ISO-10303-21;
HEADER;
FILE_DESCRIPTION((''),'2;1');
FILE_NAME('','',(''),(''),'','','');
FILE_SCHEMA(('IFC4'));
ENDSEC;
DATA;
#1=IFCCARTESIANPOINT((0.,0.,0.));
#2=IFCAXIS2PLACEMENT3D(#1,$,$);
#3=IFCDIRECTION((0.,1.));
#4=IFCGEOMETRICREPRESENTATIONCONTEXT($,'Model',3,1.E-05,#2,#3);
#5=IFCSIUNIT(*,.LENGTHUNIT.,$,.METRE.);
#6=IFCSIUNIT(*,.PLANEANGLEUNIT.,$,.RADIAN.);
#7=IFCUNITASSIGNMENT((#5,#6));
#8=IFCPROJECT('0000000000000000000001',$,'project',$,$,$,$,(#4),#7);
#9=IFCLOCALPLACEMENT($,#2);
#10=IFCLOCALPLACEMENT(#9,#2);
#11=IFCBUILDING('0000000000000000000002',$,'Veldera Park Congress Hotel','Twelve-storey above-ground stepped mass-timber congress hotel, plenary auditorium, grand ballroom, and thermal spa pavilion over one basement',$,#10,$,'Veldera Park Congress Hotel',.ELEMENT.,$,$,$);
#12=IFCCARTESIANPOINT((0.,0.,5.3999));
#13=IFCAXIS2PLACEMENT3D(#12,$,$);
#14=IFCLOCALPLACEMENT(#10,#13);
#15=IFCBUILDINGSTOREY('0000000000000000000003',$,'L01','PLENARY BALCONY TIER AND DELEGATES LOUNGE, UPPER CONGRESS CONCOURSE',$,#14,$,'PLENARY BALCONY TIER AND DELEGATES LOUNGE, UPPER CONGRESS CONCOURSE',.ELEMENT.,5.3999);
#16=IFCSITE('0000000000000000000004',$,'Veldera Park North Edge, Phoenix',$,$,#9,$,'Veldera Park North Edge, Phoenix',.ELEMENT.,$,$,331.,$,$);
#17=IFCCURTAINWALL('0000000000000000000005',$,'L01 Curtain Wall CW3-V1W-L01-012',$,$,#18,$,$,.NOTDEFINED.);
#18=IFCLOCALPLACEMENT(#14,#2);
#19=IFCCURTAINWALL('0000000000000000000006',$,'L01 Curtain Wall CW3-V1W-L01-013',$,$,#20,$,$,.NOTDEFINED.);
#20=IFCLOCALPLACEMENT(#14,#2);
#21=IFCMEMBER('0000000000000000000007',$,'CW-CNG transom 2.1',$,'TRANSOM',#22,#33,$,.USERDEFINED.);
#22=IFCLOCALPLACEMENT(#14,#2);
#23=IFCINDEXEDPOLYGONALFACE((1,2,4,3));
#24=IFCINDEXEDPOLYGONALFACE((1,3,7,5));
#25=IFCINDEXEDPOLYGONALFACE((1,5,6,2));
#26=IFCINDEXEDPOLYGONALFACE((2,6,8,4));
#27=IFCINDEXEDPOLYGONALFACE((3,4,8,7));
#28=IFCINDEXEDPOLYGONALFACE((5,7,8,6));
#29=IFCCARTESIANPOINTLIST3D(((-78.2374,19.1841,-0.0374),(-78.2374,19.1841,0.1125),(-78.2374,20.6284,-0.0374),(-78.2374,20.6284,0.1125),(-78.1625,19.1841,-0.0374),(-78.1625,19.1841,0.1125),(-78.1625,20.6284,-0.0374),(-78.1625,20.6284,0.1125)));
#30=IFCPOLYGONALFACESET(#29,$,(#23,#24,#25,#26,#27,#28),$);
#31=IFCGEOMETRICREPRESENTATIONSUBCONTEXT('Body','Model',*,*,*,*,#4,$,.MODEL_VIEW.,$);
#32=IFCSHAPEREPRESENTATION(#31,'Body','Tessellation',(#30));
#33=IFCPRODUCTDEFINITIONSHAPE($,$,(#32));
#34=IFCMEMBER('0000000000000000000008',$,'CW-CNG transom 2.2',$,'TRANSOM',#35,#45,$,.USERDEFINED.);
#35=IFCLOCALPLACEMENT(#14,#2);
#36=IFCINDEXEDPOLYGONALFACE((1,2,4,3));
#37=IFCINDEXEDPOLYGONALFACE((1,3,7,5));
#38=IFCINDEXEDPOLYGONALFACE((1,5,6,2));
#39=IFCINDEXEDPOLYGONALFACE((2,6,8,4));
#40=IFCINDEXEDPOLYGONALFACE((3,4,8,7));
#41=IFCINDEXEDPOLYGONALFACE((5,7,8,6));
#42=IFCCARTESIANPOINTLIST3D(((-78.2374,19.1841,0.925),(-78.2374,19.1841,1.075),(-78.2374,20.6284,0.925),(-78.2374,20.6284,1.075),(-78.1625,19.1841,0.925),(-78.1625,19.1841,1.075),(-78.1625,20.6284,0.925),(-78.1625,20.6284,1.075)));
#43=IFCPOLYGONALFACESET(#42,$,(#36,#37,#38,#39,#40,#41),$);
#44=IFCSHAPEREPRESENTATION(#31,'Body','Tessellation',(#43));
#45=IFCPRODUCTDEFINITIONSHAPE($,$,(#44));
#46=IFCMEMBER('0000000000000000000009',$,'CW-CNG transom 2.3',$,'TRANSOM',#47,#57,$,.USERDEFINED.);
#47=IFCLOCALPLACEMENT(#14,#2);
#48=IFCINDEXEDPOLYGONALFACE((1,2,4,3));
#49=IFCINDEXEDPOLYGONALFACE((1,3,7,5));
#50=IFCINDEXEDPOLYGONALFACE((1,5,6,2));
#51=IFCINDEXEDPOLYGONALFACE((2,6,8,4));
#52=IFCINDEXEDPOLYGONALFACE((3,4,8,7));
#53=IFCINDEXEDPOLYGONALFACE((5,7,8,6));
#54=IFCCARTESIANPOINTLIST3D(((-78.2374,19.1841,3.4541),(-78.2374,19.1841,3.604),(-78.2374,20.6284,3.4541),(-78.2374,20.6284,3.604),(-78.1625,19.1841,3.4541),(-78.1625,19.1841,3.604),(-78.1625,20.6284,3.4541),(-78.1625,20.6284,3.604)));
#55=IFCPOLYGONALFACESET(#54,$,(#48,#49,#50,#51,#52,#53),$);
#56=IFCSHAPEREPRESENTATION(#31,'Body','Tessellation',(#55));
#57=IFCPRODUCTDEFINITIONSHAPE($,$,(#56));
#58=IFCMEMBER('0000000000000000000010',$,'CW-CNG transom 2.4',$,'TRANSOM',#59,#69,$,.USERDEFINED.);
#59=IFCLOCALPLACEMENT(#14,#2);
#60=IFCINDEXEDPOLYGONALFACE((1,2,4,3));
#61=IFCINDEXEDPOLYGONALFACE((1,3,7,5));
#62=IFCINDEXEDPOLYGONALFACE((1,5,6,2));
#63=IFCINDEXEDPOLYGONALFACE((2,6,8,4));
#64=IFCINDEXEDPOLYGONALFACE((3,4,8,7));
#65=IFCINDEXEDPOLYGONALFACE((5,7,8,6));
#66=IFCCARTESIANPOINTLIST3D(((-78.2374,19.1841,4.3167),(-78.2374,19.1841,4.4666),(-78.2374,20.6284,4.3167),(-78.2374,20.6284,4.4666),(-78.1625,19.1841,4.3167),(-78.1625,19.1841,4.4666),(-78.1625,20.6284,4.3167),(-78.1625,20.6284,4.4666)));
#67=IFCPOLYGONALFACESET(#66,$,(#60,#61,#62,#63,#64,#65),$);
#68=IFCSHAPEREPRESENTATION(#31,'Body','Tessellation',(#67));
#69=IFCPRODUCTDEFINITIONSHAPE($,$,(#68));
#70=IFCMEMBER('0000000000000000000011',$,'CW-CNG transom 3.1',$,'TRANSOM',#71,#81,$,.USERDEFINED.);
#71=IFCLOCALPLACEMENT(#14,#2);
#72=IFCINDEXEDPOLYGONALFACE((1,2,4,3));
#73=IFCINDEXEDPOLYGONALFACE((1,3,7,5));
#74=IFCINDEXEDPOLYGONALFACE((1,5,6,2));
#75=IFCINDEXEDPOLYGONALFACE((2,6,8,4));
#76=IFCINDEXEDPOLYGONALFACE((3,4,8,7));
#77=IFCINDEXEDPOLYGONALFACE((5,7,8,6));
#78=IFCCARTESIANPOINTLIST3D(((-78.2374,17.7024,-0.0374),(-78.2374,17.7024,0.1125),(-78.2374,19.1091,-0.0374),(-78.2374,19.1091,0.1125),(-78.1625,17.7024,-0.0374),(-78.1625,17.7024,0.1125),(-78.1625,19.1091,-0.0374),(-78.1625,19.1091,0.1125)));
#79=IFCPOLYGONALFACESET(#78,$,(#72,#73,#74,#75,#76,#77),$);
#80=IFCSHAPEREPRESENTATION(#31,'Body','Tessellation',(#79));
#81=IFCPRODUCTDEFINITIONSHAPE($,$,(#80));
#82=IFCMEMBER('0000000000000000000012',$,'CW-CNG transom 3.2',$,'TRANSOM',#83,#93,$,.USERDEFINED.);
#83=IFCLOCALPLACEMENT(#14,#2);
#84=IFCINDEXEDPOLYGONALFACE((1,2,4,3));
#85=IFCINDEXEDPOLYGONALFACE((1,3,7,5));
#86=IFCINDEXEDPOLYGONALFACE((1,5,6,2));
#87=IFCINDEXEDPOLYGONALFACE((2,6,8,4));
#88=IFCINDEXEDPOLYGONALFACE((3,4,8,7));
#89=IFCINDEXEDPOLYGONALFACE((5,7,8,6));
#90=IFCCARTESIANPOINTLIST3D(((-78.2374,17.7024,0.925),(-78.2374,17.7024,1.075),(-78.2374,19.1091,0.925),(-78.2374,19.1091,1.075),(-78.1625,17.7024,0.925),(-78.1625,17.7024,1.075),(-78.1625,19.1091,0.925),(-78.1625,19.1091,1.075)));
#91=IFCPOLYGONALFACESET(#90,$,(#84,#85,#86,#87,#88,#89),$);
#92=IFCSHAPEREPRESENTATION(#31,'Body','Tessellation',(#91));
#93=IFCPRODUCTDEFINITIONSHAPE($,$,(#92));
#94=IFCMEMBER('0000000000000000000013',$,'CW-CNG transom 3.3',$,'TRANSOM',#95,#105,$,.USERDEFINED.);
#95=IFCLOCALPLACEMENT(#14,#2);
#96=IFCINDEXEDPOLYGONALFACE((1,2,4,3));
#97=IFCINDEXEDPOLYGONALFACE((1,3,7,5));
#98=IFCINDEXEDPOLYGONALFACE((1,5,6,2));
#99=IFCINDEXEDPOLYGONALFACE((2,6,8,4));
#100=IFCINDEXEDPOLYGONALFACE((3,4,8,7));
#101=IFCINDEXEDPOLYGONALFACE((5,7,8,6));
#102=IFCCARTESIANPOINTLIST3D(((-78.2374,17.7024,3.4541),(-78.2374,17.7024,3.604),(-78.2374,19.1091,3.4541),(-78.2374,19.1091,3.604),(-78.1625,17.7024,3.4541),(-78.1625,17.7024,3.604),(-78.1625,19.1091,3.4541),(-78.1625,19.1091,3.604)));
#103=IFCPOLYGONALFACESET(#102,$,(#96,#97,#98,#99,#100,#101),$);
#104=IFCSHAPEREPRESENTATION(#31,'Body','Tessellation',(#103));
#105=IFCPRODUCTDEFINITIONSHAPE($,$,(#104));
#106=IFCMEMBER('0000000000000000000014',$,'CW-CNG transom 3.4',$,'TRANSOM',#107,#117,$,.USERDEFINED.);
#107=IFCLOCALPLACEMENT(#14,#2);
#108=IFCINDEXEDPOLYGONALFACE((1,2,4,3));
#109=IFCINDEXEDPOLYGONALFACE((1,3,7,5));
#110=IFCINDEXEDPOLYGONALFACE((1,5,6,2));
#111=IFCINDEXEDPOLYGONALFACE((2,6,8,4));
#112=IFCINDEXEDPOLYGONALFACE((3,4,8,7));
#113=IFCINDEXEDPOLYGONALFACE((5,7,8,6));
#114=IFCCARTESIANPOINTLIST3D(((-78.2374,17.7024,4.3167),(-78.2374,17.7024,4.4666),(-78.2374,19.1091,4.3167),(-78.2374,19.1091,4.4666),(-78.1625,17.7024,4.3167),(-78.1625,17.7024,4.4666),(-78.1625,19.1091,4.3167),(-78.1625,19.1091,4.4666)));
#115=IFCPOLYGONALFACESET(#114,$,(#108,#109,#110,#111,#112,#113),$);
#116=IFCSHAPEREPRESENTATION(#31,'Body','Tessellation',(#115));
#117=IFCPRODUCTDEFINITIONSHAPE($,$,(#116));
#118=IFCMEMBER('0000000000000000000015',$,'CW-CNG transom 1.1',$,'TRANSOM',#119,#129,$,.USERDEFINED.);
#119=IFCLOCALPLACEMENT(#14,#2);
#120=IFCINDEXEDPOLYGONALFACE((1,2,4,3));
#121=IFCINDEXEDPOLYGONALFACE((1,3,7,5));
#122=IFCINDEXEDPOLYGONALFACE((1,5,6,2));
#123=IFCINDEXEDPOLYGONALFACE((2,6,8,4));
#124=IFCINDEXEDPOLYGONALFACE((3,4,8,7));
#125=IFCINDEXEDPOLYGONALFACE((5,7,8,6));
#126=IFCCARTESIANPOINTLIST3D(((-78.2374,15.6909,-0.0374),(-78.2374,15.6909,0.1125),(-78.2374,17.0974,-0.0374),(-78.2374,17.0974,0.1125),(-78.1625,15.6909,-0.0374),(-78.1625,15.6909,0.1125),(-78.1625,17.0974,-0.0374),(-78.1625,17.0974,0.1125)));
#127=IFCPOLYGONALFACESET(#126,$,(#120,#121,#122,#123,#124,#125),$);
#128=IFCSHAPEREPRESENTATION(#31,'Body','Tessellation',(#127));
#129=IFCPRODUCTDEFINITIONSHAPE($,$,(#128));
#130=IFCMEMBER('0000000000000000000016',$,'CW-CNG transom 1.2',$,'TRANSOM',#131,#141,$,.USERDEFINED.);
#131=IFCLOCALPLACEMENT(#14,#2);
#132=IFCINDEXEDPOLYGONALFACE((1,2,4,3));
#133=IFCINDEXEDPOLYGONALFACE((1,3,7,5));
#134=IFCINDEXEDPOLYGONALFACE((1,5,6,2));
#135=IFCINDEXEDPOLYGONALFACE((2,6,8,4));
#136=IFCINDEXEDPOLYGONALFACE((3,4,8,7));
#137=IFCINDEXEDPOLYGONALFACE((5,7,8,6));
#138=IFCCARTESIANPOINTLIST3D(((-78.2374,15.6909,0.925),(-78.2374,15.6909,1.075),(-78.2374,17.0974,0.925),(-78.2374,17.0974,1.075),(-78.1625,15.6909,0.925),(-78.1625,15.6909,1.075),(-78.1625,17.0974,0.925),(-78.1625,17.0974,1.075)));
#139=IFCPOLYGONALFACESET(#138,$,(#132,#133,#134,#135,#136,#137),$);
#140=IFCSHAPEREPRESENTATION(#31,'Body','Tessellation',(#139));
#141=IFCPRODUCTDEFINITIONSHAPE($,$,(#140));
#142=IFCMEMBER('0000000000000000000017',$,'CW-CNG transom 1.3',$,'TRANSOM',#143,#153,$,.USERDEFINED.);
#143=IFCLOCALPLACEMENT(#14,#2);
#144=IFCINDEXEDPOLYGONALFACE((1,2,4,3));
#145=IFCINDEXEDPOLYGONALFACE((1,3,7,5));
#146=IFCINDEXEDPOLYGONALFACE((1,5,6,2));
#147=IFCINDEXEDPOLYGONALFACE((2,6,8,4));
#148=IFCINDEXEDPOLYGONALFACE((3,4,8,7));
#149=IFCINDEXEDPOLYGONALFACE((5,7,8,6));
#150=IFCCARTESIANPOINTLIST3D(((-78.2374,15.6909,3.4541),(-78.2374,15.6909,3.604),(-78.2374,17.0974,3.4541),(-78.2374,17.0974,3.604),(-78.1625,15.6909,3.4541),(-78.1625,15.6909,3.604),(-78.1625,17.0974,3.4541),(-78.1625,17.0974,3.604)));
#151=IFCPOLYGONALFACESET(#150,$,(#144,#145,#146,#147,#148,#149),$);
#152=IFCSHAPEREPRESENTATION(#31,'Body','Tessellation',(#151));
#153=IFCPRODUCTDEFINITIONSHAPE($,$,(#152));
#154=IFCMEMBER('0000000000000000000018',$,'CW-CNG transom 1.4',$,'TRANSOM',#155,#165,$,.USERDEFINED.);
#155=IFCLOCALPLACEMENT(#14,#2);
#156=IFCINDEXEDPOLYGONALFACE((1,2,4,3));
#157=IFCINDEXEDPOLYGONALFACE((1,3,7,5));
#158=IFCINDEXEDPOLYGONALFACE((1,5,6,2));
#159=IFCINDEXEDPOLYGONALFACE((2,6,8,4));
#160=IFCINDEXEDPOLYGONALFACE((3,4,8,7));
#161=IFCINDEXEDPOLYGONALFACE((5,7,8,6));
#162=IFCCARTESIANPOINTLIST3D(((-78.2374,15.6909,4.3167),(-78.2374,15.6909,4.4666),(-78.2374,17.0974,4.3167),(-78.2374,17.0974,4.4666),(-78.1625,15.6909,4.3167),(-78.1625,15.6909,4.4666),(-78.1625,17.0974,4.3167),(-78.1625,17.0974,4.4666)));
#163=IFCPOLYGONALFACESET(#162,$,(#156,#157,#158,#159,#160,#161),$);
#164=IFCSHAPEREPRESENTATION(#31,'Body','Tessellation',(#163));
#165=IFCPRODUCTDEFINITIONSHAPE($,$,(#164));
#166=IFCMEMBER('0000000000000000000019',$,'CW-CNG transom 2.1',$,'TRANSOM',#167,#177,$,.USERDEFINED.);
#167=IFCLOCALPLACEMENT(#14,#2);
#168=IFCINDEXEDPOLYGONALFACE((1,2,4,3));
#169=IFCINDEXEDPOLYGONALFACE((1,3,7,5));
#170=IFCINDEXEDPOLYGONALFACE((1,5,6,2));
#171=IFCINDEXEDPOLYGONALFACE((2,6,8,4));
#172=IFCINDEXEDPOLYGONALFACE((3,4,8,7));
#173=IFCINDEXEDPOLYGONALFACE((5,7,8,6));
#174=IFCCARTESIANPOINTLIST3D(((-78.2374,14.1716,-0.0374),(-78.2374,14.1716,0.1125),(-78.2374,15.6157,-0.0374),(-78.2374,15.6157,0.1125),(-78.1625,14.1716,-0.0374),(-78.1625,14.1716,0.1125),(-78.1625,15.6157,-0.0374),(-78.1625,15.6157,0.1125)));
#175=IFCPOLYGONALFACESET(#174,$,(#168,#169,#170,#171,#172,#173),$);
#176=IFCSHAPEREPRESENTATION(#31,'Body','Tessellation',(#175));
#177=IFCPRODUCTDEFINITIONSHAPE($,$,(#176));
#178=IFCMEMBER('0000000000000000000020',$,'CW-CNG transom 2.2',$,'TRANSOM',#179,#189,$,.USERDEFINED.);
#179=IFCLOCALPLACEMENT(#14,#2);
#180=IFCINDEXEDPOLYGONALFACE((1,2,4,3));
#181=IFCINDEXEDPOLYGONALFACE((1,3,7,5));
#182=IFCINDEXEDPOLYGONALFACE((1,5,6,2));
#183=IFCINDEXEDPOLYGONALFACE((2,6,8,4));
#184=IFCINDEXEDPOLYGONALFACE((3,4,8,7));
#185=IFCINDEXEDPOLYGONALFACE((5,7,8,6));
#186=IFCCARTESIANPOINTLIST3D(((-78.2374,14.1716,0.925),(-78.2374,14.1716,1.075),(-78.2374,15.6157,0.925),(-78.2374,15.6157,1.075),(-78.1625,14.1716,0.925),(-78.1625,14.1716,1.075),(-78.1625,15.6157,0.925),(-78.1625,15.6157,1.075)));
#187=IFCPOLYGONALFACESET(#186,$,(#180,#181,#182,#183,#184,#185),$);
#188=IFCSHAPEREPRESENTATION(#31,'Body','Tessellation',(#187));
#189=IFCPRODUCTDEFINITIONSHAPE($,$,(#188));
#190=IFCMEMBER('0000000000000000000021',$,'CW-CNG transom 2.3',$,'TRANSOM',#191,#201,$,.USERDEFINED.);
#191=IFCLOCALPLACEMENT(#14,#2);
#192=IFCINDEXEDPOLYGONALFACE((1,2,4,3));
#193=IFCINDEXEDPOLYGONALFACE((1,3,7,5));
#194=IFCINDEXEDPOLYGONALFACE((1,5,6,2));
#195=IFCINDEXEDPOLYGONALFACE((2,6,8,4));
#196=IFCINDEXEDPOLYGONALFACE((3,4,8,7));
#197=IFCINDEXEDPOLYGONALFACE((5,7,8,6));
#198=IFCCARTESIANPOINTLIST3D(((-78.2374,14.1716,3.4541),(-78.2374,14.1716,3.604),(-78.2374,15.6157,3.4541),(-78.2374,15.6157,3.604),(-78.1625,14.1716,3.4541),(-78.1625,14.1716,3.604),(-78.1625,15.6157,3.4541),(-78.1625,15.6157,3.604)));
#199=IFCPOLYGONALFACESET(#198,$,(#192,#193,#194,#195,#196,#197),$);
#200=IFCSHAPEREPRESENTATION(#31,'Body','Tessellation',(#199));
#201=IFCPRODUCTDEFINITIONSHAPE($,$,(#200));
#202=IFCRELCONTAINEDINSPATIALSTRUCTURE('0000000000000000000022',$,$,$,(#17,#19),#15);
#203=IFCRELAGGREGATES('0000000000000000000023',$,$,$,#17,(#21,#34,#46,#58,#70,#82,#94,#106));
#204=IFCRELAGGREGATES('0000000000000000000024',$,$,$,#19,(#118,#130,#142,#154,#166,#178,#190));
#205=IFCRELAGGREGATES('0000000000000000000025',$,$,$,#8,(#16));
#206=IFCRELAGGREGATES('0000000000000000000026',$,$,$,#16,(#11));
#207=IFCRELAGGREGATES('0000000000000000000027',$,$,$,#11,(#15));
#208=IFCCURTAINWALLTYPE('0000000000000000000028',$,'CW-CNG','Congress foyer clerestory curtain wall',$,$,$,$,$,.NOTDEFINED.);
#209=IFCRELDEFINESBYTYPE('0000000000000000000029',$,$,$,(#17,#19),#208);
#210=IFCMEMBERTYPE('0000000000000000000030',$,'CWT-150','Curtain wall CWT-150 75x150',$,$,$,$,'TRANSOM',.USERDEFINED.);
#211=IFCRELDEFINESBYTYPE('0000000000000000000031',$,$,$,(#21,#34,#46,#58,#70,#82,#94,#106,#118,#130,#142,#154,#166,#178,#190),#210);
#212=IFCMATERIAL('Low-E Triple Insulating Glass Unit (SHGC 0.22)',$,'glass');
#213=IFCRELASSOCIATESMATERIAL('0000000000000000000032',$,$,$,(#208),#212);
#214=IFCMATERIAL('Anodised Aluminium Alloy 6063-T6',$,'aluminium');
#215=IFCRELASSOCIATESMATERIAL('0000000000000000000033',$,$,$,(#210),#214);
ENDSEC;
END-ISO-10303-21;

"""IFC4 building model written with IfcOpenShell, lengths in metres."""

from ifc_helpers import new_model, si_unit, direction, frame, origin, origin_2d, place, context, subcontext, project, spatial, rectangle, extrude, material, material_profile, profile_set, type_object, element, aggregate, save


model = new_model("IFC4")

# Units and contexts
model_context = context("Model", 3, precision=1e-05, world=origin(), true_north=direction((0.0, 1.0)))
body_context = subcontext(model_context, "Body", "Model", "MODEL_VIEW")
ifc_project = project(units=[si_unit("LENGTHUNIT", "METRE"), si_unit("PLANEANGLEUNIT", "RADIAN")], contexts=[model_context])

# Site, building, storey
site_placement = place(None, origin())
site = spatial("IfcSite", under=ifc_project, at=site_placement, Name="Veldera Park North Edge, Phoenix", LongName="Veldera Park North Edge, Phoenix", CompositionType="ELEMENT", RefElevation=331.0)
building_placement = place(site_placement, origin())
building = spatial("IfcBuilding", under=site, at=building_placement, Name="Veldera Park Congress Hotel", Description="Twelve-storey above-ground stepped mass-timber congress hotel, plenary auditorium, grand ballroom, and thermal spa pavilion over one basement", LongName="Veldera Park Congress Hotel", CompositionType="ELEMENT")
storey_placement = place(building_placement, frame((0.0, 0.0, 5.3999)))
storey = spatial("IfcBuildingStorey", under=building, at=storey_placement, Name="L01", Description="PLENARY BALCONY TIER AND DELEGATES LOUNGE, UPPER CONGRESS CONCOURSE", LongName="PLENARY BALCONY TIER AND DELEGATES LOUNGE, UPPER CONGRESS CONCOURSE", CompositionType="ELEMENT", Elevation=5.3999)

# Curtain walls
ifc_material_1 = material(Name="Low-E Triple Insulating Glass Unit (SHGC 0.22)", Category="glass")
curtain_wall_type = type_object("IfcCurtainWallType", Name="CW-CNG", Description="Congress foyer clerestory curtain wall", PredefinedType="NOTDEFINED", material=ifc_material_1)
curtain_wall_1_placement = place(storey_placement, origin())
curtain_wall_1 = element("IfcCurtainWall", 1, at=curtain_wall_1_placement, inside=storey, type_object=curtain_wall_type, Name="L01 Curtain Wall CW3-V1W-L01-012", PredefinedType="NOTDEFINED")
ifc_material_2 = material(Name="Anodised Aluminium Alloy 6063-T6", Category="aluminium")
curtain_wall_2_placement = place(storey_placement, origin())
curtain_wall_2 = element("IfcCurtainWall", 2, at=curtain_wall_2_placement, inside=storey, type_object=curtain_wall_type, Name="L01 Curtain Wall CW3-V1W-L01-013", PredefinedType="NOTDEFINED")

# Members
ifc_material_profile_1 = material_profile(ifc_material_2, rectangle(XDim=0.075, YDim=0.1499, at=origin_2d()), Name="ALU 75x150")
ifc_profile_set_1 = profile_set([ifc_material_profile_1], Name="Anodised Aluminium Alloy 6063-T6")
member_type_1 = type_object("IfcMemberType", Name="CWT-150", Description="Curtain wall CWT-150 75x150", ElementType="TRANSOM", PredefinedType="USERDEFINED", material=ifc_profile_set_1)
member_1_placement = place(storey_placement, frame((-78.2, 20.6284, 0.0376), z_axis=(0.0, -1.0, 0.0), x_axis=(1.0, 0.0, 0.0)))
member_1 = element("IfcMember", 3, at=member_1_placement, type_object=member_type_1, Name="CW-CNG transom 2.1", ObjectType="TRANSOM", PredefinedType="USERDEFINED", context=body_context, shape_type="SweptSolid", body=[
    extrude(rectangle(XDim=0.075, YDim=0.1499, at=origin_2d()), origin(), (0.0, 0.0, 1.0), 1.4443),
])
member_2_placement = place(storey_placement, frame((-78.2, 20.6284, 1.0), z_axis=(0.0, -1.0, 0.0), x_axis=(1.0, 0.0, 0.0)))
member_2 = element("IfcMember", 4, at=member_2_placement, type_object=member_type_1, Name="CW-CNG transom 2.2", ObjectType="TRANSOM", PredefinedType="USERDEFINED", context=body_context, shape_type="SweptSolid", body=[
    extrude(rectangle(XDim=0.075, YDim=0.1499, at=origin_2d()), origin(), (0.0, 0.0, 1.0), 1.4443),
])
member_3_placement = place(storey_placement, frame((-78.2, 20.6284, 3.5291), z_axis=(0.0, -1.0, 0.0), x_axis=(1.0, 0.0, 0.0)))
member_3 = element("IfcMember", 5, at=member_3_placement, type_object=member_type_1, Name="CW-CNG transom 2.3", ObjectType="TRANSOM", PredefinedType="USERDEFINED", context=body_context, shape_type="SweptSolid", body=[
    extrude(rectangle(XDim=0.075, YDim=0.1499, at=origin_2d()), origin(), (0.0, 0.0, 1.0), 1.4443),
])
member_4_placement = place(storey_placement, frame((-78.2, 20.6284, 4.3916), z_axis=(0.0, -1.0, 0.0), x_axis=(1.0, 0.0, 0.0)))
member_4 = element("IfcMember", 6, at=member_4_placement, type_object=member_type_1, Name="CW-CNG transom 2.4", ObjectType="TRANSOM", PredefinedType="USERDEFINED", context=body_context, shape_type="SweptSolid", body=[
    extrude(rectangle(XDim=0.075, YDim=0.1499, at=origin_2d()), origin(), (0.0, 0.0, 1.0), 1.4443),
])
member_5_placement = place(storey_placement, frame((-78.2, 19.1091, 0.0376), z_axis=(0.0, -1.0, 0.0), x_axis=(1.0, 0.0, 0.0)))
member_5 = element("IfcMember", 7, at=member_5_placement, type_object=member_type_1, Name="CW-CNG transom 3.1", ObjectType="TRANSOM", PredefinedType="USERDEFINED", context=body_context, shape_type="SweptSolid", body=[
    extrude(rectangle(XDim=0.075, YDim=0.1499, at=origin_2d()), origin(), (0.0, 0.0, 1.0), 1.4067),
])
member_6_placement = place(storey_placement, frame((-78.2, 19.1091, 1.0), z_axis=(0.0, -1.0, 0.0), x_axis=(1.0, 0.0, 0.0)))
member_6 = element("IfcMember", 8, at=member_6_placement, type_object=member_type_1, Name="CW-CNG transom 3.2", ObjectType="TRANSOM", PredefinedType="USERDEFINED", context=body_context, shape_type="SweptSolid", body=[
    extrude(rectangle(XDim=0.075, YDim=0.1499, at=origin_2d()), origin(), (0.0, 0.0, 1.0), 1.4067),
])
member_7_placement = place(storey_placement, frame((-78.2, 19.1091, 3.5291), z_axis=(0.0, -1.0, 0.0), x_axis=(1.0, 0.0, 0.0)))
member_7 = element("IfcMember", 9, at=member_7_placement, type_object=member_type_1, Name="CW-CNG transom 3.3", ObjectType="TRANSOM", PredefinedType="USERDEFINED", context=body_context, shape_type="SweptSolid", body=[
    extrude(rectangle(XDim=0.075, YDim=0.1499, at=origin_2d()), origin(), (0.0, 0.0, 1.0), 1.4067),
])
member_8_placement = place(storey_placement, frame((-78.2, 19.1091, 4.3916), z_axis=(0.0, -1.0, 0.0), x_axis=(1.0, 0.0, 0.0)))
member_8 = element("IfcMember", 10, at=member_8_placement, type_object=member_type_1, Name="CW-CNG transom 3.4", ObjectType="TRANSOM", PredefinedType="USERDEFINED", context=body_context, shape_type="SweptSolid", body=[
    extrude(rectangle(XDim=0.075, YDim=0.1499, at=origin_2d()), origin(), (0.0, 0.0, 1.0), 1.4067),
])
member_9_placement = place(storey_placement, frame((-78.2, 17.0974, 0.0376), z_axis=(0.0, -1.0, 0.0), x_axis=(1.0, 0.0, 0.0)))
member_9 = element("IfcMember", 11, at=member_9_placement, type_object=member_type_1, Name="CW-CNG transom 1.1", ObjectType="TRANSOM", PredefinedType="USERDEFINED", context=body_context, shape_type="SweptSolid", body=[
    extrude(rectangle(XDim=0.075, YDim=0.1499, at=origin_2d()), origin(), (0.0, 0.0, 1.0), 1.4065),
])
member_10_placement = place(storey_placement, frame((-78.2, 17.0974, 1.0), z_axis=(0.0, -1.0, 0.0), x_axis=(1.0, 0.0, 0.0)))
member_10 = element("IfcMember", 12, at=member_10_placement, type_object=member_type_1, Name="CW-CNG transom 1.2", ObjectType="TRANSOM", PredefinedType="USERDEFINED", context=body_context, shape_type="SweptSolid", body=[
    extrude(rectangle(XDim=0.075, YDim=0.1499, at=origin_2d()), origin(), (0.0, 0.0, 1.0), 1.4065),
])
member_11_placement = place(storey_placement, frame((-78.2, 17.0974, 3.5291), z_axis=(0.0, -1.0, 0.0), x_axis=(1.0, 0.0, 0.0)))
member_11 = element("IfcMember", 13, at=member_11_placement, type_object=member_type_1, Name="CW-CNG transom 1.3", ObjectType="TRANSOM", PredefinedType="USERDEFINED", context=body_context, shape_type="SweptSolid", body=[
    extrude(rectangle(XDim=0.075, YDim=0.1499, at=origin_2d()), origin(), (0.0, 0.0, 1.0), 1.4065),
])
member_12_placement = place(storey_placement, frame((-78.2, 17.0974, 4.3916), z_axis=(0.0, -1.0, 0.0), x_axis=(1.0, 0.0, 0.0)))
member_12 = element("IfcMember", 14, at=member_12_placement, type_object=member_type_1, Name="CW-CNG transom 1.4", ObjectType="TRANSOM", PredefinedType="USERDEFINED", context=body_context, shape_type="SweptSolid", body=[
    extrude(rectangle(XDim=0.075, YDim=0.1499, at=origin_2d()), origin(), (0.0, 0.0, 1.0), 1.4065),
])
member_13_placement = place(storey_placement, frame((-78.2, 15.6157, 0.0376), z_axis=(0.0, -1.0, 0.0), x_axis=(1.0, 0.0, 0.0)))
member_13 = element("IfcMember", 15, at=member_13_placement, type_object=member_type_1, Name="CW-CNG transom 2.1", ObjectType="TRANSOM", PredefinedType="USERDEFINED", context=body_context, shape_type="SweptSolid", body=[
    extrude(rectangle(XDim=0.075, YDim=0.1499, at=origin_2d()), origin(), (0.0, 0.0, 1.0), 1.4441),
])
member_14_placement = place(storey_placement, frame((-78.2, 15.6157, 1.0), z_axis=(0.0, -1.0, 0.0), x_axis=(1.0, 0.0, 0.0)))
member_14 = element("IfcMember", 16, at=member_14_placement, type_object=member_type_1, Name="CW-CNG transom 2.2", ObjectType="TRANSOM", PredefinedType="USERDEFINED", context=body_context, shape_type="SweptSolid", body=[
    extrude(rectangle(XDim=0.075, YDim=0.1499, at=origin_2d()), origin(), (0.0, 0.0, 1.0), 1.4441),
])
member_15_placement = place(storey_placement, frame((-78.2, 15.6157, 3.5291), z_axis=(0.0, -1.0, 0.0), x_axis=(1.0, 0.0, 0.0)))
member_15 = element("IfcMember", 17, at=member_15_placement, type_object=member_type_1, Name="CW-CNG transom 2.3", ObjectType="TRANSOM", PredefinedType="USERDEFINED", context=body_context, shape_type="SweptSolid", body=[
    extrude(rectangle(XDim=0.075, YDim=0.1499, at=origin_2d()), origin(), (0.0, 0.0, 1.0), 1.4441),
])

aggregate(curtain_wall_1, [member_1, member_2, member_3, member_4, member_5, member_6, member_7, member_8])
aggregate(curtain_wall_2, [member_9, member_10, member_11, member_12, member_13, member_14, member_15])

save(model, "model.ifc")
